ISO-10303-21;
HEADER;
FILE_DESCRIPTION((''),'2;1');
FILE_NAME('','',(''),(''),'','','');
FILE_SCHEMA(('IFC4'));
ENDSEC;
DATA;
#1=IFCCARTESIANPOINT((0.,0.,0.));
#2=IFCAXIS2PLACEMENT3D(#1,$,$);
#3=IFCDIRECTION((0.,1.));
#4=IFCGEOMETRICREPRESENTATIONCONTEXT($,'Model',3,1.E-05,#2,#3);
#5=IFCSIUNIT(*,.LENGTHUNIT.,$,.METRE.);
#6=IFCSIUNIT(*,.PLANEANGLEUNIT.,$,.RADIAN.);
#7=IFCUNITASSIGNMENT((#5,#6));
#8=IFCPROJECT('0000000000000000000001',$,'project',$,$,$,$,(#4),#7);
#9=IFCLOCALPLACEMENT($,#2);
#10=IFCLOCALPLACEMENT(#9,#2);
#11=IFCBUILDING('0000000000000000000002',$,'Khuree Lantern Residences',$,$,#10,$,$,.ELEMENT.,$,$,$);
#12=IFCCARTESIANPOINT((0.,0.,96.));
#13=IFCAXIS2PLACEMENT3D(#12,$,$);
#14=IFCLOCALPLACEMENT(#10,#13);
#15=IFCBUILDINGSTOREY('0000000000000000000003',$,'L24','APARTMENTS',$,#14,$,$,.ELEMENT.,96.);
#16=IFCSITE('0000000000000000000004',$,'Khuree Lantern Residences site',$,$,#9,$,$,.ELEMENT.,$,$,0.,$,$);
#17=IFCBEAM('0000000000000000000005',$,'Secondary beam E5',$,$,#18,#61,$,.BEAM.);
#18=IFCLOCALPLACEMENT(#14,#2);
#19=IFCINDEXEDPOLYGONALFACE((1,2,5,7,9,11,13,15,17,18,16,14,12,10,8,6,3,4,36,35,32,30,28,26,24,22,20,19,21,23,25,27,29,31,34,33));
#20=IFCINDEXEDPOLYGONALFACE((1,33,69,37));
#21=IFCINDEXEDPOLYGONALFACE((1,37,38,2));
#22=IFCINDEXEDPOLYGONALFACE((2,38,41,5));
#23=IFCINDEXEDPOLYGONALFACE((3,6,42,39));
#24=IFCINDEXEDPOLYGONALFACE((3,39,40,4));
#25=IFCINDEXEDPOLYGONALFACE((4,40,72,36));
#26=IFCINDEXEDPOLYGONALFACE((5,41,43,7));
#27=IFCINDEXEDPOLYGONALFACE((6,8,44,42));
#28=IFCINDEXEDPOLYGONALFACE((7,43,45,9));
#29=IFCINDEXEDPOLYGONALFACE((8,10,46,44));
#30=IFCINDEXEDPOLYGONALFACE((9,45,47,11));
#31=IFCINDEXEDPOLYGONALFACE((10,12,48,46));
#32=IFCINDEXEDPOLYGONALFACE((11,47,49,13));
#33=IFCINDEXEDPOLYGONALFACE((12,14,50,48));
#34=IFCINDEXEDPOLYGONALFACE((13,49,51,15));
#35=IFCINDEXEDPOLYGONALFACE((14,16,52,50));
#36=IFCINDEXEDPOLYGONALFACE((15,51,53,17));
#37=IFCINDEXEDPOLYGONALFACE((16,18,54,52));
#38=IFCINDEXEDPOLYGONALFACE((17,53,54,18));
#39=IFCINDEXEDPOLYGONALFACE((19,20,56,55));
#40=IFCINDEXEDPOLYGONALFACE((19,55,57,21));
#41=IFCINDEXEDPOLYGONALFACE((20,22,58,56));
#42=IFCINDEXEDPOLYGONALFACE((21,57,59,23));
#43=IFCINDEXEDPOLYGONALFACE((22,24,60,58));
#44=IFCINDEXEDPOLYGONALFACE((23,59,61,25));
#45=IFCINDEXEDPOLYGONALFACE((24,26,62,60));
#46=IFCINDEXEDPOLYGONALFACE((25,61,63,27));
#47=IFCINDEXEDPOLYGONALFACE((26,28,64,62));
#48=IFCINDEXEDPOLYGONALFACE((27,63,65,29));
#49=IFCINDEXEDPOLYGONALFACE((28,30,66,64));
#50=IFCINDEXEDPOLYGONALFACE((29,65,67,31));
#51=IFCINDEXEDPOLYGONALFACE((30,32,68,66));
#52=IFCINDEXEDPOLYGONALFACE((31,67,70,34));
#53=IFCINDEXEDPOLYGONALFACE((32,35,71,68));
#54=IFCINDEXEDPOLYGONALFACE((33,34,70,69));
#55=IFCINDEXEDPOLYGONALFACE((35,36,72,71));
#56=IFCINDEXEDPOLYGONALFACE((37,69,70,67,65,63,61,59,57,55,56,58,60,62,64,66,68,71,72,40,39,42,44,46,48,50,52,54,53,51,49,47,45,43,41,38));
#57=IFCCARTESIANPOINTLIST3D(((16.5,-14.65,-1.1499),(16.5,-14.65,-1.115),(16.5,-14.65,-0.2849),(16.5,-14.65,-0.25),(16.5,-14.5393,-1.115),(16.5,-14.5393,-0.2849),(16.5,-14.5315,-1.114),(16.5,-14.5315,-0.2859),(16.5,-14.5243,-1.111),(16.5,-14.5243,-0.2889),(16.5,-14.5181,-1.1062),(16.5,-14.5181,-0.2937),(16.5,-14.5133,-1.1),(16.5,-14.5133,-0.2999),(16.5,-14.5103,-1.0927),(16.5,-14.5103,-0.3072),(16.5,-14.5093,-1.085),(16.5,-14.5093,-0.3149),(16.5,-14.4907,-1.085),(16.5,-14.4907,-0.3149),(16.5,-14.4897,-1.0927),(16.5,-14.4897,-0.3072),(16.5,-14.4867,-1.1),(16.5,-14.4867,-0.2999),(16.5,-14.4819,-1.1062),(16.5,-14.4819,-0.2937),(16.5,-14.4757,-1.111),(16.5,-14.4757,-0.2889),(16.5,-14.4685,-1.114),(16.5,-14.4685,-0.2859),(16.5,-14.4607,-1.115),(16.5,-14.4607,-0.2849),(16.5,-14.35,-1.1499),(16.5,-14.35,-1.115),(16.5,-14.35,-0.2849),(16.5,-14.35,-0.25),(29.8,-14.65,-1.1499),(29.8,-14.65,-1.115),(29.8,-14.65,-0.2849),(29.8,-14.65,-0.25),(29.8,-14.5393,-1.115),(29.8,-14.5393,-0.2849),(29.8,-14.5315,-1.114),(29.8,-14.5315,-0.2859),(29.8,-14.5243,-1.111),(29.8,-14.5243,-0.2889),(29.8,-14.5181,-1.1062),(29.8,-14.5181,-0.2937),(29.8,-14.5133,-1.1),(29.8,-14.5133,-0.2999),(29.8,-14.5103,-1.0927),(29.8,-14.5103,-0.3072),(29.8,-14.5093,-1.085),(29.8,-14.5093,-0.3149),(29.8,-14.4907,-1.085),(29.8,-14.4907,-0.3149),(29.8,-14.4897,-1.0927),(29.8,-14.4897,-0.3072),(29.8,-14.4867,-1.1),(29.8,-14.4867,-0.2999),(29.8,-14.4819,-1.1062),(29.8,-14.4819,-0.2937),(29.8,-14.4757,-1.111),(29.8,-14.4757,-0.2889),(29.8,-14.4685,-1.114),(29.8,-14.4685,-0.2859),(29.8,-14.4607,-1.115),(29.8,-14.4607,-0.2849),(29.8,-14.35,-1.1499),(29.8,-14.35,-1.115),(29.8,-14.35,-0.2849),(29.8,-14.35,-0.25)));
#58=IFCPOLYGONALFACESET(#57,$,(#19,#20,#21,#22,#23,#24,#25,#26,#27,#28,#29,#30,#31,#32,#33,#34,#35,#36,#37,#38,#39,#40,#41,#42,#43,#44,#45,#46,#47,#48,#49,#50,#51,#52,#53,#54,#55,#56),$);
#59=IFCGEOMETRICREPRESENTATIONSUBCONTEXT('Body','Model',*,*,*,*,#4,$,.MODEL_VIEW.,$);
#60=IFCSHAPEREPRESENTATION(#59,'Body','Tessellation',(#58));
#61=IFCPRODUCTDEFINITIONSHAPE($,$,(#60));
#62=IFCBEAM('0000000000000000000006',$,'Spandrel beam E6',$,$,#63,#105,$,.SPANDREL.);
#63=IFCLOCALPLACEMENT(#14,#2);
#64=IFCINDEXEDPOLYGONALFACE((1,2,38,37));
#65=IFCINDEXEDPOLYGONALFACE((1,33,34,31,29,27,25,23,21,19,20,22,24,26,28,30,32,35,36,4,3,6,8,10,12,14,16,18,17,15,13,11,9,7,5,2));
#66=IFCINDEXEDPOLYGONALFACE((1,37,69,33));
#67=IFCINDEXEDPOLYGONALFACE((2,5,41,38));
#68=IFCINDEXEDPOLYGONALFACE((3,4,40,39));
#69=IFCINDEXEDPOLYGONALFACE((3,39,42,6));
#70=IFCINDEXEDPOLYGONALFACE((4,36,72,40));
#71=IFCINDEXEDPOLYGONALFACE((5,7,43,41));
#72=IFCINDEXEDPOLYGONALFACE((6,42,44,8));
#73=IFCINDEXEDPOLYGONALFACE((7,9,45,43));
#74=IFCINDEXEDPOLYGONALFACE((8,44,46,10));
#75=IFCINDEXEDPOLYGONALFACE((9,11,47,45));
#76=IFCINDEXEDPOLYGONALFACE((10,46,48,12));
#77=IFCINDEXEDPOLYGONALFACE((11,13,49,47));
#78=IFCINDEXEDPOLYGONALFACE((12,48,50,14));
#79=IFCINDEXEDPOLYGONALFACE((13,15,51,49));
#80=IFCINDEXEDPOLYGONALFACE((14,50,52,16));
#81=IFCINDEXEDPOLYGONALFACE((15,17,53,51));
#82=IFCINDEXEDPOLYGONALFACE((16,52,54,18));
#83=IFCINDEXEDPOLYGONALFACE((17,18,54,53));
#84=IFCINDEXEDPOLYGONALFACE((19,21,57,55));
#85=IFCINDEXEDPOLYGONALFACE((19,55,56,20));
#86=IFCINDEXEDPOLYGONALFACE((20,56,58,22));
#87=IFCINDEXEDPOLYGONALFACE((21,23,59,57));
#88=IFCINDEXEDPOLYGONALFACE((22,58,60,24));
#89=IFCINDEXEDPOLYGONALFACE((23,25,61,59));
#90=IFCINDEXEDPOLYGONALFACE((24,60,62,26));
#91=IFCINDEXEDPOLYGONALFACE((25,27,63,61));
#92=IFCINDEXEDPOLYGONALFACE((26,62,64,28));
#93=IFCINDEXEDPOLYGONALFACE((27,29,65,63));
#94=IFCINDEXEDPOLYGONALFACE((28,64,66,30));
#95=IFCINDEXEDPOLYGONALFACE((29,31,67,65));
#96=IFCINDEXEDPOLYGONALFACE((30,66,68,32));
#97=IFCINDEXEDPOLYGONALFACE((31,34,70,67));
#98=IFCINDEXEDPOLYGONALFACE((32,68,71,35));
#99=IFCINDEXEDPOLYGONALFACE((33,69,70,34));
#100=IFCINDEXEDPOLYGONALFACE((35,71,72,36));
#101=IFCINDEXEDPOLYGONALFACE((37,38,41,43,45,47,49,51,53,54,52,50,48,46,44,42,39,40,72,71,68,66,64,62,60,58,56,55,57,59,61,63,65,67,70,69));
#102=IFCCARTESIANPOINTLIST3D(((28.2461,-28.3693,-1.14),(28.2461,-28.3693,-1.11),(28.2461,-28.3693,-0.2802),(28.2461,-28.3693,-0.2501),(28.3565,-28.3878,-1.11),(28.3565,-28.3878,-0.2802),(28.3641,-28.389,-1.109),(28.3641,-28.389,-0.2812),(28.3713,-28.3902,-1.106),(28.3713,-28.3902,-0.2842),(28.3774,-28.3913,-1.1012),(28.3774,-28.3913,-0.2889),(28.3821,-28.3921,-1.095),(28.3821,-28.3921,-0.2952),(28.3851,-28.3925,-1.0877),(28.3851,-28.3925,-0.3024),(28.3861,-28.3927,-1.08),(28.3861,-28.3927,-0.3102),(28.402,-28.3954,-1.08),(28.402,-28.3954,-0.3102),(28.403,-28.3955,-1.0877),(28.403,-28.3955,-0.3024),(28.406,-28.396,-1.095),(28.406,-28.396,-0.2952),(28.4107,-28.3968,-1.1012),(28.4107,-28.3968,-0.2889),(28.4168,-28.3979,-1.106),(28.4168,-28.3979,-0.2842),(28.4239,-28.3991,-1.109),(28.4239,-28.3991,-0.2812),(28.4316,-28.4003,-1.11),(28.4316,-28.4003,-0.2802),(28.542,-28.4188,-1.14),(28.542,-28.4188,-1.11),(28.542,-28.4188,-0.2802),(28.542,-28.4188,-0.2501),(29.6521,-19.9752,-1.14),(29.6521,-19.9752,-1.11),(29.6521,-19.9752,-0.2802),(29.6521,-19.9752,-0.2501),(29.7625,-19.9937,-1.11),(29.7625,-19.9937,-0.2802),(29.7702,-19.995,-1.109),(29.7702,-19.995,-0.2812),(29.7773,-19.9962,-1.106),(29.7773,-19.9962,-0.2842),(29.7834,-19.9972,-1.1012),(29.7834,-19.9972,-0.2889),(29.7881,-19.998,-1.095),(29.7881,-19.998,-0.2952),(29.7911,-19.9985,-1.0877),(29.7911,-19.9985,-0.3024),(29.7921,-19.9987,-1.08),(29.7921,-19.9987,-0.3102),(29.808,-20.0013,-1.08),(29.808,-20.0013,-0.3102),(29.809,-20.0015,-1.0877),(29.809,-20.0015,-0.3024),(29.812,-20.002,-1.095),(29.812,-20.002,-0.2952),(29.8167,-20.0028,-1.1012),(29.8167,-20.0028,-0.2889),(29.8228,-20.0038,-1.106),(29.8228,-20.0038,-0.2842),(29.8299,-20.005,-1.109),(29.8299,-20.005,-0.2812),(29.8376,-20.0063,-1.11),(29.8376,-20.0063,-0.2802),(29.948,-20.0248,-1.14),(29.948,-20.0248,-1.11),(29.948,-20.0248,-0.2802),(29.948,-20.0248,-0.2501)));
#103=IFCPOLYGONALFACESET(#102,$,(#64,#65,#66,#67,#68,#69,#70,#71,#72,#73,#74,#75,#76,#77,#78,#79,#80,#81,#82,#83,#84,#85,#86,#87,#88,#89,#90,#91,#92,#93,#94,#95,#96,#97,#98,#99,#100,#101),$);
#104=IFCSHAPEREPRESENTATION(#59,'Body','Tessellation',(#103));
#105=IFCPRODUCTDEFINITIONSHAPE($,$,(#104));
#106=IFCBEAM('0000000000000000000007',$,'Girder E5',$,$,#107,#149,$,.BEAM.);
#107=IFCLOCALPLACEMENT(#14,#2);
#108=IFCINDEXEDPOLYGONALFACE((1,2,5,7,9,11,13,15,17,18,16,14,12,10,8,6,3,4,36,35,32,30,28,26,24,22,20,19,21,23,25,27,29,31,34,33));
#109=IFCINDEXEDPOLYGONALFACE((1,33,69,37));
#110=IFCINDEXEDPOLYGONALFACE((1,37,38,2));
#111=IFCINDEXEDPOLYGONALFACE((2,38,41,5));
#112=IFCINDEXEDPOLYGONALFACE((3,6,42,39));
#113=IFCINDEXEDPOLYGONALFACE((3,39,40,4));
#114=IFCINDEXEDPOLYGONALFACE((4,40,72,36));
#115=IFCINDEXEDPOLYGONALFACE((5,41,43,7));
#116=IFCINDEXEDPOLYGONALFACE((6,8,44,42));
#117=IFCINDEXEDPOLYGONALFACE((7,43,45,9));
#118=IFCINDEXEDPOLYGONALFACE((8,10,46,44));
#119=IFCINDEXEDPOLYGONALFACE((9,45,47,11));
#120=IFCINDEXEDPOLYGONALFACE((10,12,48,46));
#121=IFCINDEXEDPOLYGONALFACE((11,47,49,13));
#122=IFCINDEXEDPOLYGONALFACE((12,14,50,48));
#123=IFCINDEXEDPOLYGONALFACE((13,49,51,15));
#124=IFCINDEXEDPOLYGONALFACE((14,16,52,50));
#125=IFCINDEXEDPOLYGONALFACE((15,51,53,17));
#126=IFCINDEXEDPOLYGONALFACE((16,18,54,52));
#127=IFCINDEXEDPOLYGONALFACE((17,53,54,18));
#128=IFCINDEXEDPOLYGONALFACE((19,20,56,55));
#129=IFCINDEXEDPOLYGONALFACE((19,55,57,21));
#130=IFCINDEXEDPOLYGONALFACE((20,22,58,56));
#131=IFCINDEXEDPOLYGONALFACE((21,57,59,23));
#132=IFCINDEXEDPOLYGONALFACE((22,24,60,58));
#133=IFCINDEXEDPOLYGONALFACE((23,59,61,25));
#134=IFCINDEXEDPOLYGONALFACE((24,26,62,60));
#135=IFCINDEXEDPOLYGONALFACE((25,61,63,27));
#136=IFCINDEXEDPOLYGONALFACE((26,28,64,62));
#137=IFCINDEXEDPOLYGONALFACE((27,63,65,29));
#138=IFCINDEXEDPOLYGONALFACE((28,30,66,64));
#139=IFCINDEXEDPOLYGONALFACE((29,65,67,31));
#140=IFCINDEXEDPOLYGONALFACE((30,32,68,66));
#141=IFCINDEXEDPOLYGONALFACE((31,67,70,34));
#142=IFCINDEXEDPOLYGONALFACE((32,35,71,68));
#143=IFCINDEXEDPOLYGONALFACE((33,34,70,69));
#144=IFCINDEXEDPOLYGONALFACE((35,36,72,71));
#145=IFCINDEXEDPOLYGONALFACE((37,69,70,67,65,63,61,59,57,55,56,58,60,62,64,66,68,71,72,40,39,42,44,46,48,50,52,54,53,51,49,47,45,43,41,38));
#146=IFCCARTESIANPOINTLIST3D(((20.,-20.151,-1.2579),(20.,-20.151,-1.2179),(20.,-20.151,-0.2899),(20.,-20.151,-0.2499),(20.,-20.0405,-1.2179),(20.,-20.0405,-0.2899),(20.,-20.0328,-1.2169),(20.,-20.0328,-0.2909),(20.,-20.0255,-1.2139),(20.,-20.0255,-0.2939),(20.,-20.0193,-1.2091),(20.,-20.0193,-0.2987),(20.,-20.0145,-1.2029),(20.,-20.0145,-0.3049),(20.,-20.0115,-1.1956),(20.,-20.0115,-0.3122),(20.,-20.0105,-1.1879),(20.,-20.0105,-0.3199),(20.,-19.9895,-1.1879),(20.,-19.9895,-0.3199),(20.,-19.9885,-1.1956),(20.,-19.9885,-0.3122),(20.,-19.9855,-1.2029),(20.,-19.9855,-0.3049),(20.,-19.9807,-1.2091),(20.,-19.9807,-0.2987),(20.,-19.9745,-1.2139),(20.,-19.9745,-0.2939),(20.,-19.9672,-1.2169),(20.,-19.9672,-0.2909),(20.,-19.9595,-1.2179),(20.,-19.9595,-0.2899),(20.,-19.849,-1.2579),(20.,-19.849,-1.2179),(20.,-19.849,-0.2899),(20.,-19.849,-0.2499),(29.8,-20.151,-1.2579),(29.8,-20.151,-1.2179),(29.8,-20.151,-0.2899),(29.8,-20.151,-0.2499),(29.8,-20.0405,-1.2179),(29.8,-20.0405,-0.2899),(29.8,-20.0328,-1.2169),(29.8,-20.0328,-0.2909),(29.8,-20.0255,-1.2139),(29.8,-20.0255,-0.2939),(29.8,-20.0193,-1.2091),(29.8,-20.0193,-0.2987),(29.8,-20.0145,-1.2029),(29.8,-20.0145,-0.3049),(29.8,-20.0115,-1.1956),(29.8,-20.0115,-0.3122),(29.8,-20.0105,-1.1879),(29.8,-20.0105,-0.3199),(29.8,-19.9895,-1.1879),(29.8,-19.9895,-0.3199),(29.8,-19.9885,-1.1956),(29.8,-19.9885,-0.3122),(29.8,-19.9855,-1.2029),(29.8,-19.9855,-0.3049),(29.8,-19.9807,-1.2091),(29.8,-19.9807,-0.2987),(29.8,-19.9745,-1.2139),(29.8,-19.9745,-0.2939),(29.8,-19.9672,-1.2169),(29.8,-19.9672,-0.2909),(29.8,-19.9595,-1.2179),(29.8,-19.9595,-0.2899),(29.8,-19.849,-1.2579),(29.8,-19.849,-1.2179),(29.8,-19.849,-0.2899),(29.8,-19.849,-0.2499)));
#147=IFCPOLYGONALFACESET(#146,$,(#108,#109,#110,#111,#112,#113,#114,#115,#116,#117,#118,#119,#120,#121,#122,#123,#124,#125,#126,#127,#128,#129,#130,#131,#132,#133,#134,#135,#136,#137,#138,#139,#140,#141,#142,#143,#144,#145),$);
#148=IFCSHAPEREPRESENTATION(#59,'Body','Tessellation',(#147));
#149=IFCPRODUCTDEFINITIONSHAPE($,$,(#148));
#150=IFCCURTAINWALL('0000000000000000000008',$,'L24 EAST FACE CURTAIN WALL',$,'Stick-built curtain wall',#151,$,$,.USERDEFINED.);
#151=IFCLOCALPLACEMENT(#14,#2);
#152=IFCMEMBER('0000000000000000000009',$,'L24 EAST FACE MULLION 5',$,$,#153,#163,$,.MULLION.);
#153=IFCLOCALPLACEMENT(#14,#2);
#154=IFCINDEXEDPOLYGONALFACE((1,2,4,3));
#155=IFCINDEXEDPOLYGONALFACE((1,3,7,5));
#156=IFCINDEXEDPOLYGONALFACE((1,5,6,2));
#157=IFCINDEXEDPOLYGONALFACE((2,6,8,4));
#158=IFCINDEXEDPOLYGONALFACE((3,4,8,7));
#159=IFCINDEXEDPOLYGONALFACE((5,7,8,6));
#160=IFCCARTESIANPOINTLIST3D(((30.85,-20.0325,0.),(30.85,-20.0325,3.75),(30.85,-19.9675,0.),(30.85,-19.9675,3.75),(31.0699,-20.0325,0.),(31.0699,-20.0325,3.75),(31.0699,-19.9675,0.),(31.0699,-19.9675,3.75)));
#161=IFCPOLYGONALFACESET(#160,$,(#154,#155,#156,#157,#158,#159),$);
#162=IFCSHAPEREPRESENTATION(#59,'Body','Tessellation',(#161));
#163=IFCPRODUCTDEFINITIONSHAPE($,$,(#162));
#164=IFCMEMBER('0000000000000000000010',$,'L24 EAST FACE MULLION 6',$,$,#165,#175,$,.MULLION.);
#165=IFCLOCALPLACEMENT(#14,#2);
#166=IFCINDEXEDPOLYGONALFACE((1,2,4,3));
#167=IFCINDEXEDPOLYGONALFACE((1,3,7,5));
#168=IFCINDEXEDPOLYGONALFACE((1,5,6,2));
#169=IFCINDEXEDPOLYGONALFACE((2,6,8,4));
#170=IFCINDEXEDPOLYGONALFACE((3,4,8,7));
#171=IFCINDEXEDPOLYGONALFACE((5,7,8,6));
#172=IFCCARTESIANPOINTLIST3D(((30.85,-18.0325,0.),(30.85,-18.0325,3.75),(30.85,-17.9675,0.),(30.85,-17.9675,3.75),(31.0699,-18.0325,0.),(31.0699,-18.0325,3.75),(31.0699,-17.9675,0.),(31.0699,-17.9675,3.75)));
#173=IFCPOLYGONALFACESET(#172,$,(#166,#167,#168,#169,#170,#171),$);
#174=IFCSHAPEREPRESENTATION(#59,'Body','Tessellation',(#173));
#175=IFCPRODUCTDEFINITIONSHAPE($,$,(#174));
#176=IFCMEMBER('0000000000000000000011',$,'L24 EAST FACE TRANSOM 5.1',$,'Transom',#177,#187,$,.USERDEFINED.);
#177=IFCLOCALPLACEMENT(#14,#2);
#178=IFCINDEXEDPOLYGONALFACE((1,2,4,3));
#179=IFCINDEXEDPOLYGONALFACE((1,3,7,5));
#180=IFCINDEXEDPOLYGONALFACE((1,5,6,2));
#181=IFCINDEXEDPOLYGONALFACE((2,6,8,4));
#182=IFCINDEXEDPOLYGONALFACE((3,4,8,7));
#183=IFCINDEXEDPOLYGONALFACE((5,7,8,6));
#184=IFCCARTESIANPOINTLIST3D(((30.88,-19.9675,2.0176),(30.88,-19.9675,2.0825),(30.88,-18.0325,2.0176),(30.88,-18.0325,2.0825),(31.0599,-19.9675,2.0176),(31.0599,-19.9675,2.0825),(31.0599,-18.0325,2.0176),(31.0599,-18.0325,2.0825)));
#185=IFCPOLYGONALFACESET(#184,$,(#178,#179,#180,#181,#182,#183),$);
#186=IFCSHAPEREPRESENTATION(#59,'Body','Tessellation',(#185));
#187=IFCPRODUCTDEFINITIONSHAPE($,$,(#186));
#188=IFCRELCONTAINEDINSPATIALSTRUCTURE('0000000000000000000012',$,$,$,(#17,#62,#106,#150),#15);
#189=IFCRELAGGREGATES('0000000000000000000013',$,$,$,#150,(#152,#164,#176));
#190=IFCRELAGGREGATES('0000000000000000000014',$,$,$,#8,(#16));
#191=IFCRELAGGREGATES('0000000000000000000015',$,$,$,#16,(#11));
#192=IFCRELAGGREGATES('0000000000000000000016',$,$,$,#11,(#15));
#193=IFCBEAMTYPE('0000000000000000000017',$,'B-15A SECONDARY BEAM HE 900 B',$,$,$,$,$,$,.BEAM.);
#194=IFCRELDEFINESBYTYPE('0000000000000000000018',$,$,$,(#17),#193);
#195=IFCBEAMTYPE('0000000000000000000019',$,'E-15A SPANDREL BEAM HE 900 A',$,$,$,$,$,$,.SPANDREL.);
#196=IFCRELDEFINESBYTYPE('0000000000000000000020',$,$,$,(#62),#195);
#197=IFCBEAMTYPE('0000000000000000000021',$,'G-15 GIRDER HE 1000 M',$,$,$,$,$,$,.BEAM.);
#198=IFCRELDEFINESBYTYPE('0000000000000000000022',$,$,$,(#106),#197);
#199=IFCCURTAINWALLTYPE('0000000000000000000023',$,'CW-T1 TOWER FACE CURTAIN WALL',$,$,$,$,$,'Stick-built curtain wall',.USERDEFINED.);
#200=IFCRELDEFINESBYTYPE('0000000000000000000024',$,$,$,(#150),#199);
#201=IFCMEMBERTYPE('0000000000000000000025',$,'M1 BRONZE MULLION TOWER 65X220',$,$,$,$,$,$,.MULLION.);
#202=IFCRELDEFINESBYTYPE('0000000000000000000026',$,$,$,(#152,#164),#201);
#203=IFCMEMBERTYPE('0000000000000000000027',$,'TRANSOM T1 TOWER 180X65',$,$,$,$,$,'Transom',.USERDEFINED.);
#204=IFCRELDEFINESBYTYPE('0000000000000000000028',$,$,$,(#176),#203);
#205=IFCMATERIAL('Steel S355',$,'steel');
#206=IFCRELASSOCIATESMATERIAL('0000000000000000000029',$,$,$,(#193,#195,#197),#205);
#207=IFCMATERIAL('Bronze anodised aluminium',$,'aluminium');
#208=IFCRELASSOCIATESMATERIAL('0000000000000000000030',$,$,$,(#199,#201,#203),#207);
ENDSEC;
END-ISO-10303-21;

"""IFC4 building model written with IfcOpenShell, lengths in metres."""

from ifc_helpers import new_model, si_unit, direction, frame, origin, origin_2d, place, context, subcontext, project, spatial, rectangle, i_section, extrude, material, material_profile, profile_set, type_object, element, aggregate, save


model = new_model("IFC4")

# Units and contexts
model_context = context("Model", 3, precision=1e-05, world=origin(), true_north=direction((0.0, 1.0)))
body_context = subcontext(model_context, "Body", "Model", "MODEL_VIEW")
ifc_project = project(units=[si_unit("LENGTHUNIT", "METRE"), si_unit("PLANEANGLEUNIT", "RADIAN")], contexts=[model_context])

# Site, building, storey
site_placement = place(None, origin())
site = spatial("IfcSite", under=ifc_project, at=site_placement, Name="Khuree Lantern Residences site", CompositionType="ELEMENT", RefElevation=0.0)
building_placement = place(site_placement, origin())
building = spatial("IfcBuilding", under=site, at=building_placement, Name="Khuree Lantern Residences", CompositionType="ELEMENT")
storey_placement = place(building_placement, frame((0.0, 0.0, 96.0)))
storey = spatial("IfcBuildingStorey", under=building, at=storey_placement, Name="L24", Description="APARTMENTS", CompositionType="ELEMENT", Elevation=96.0)

# Beams
ifc_material_1 = material(Name="Steel S355", Category="steel")
ifc_material_profile_1 = material_profile(ifc_material_1, i_section(OverallWidth=0.3, OverallDepth=0.8999, WebThickness=0.0186, FlangeThickness=0.0349, FilletRadius=0.03, at=origin_2d()), Name="HE 900 B")
ifc_profile_set_1 = profile_set([ifc_material_profile_1], Name="Steel S355")
beam_type_1 = type_object("IfcBeamType", Name="B-15A SECONDARY BEAM HE 900 B", PredefinedType="BEAM", material=ifc_profile_set_1)
beam_1_placement = place(storey_placement, frame((29.8, -14.5, -0.7), z_axis=(-1.0, 0.0, 0.0), x_axis=(0.0, -1.0, 0.0)))
element("IfcBeam", 1, at=beam_1_placement, inside=storey, type_object=beam_type_1, Name="Secondary beam E5", PredefinedType="BEAM", context=body_context, shape_type="SweptSolid", body=[
    extrude(i_section(OverallWidth=0.3, OverallDepth=0.8999, WebThickness=0.0186, FlangeThickness=0.0349, FilletRadius=0.03, at=origin_2d()), origin(), (0.0, 0.0, 1.0), 13.3),
])
ifc_material_profile_2 = material_profile(ifc_material_1, i_section(OverallWidth=0.3, OverallDepth=0.8899, WebThickness=0.0161, FlangeThickness=0.03, FilletRadius=0.03, at=origin_2d()), Name="HE 900 A")
ifc_profile_set_2 = profile_set([ifc_material_profile_2], Name="Steel S355")
beam_type_2 = type_object("IfcBeamType", Name="E-15A SPANDREL BEAM HE 900 A", PredefinedType="SPANDREL", material=ifc_profile_set_2)
beam_2_placement = place(storey_placement, frame((29.8, -20.0, -0.6951), z_axis=(-0.165199, -0.98626, 0.0), x_axis=(0.98626, -0.165199, 0.0)))
element("IfcBeam", 2, at=beam_2_placement, inside=storey, type_object=beam_type_2, Name="Spandrel beam E6", PredefinedType="SPANDREL", context=body_context, shape_type="SweptSolid", body=[
    extrude(i_section(OverallWidth=0.3, OverallDepth=0.8899, WebThickness=0.0161, FlangeThickness=0.03, FilletRadius=0.03, at=origin_2d()), origin(), (0.0, 0.0, 1.0), 8.511),
])
ifc_material_profile_3 = material_profile(ifc_material_1, i_section(OverallWidth=0.302, OverallDepth=1.0081, WebThickness=0.021, FlangeThickness=0.04, FilletRadius=0.03, at=origin_2d()), Name="HE 1000 M")
ifc_profile_set_3 = profile_set([ifc_material_profile_3], Name="Steel S355")
beam_type_3 = type_object("IfcBeamType", Name="G-15 GIRDER HE 1000 M", PredefinedType="BEAM", material=ifc_profile_set_3)
beam_3_placement = place(storey_placement, frame((29.8, -20.0, -0.7539), z_axis=(-1.0, 0.0, 0.0), x_axis=(0.0, -1.0, 0.0)))
element("IfcBeam", 3, at=beam_3_placement, inside=storey, type_object=beam_type_3, Name="Girder E5", PredefinedType="BEAM", context=body_context, shape_type="SweptSolid", body=[
    extrude(i_section(OverallWidth=0.302, OverallDepth=1.0081, WebThickness=0.021, FlangeThickness=0.04, FilletRadius=0.03, at=origin_2d()), origin(), (0.0, 0.0, 1.0), 9.8),
])

# Curtain wall, members
ifc_material_2 = material(Name="Bronze anodised aluminium", Category="aluminium")
curtain_wall_type = type_object("IfcCurtainWallType", Name="CW-T1 TOWER FACE CURTAIN WALL", ElementType="Stick-built curtain wall", PredefinedType="USERDEFINED", material=ifc_material_2)
curtain_wall_placement = place(storey_placement, origin())
curtain_wall = element("IfcCurtainWall", 4, at=curtain_wall_placement, inside=storey, type_object=curtain_wall_type, Name="L24 EAST FACE CURTAIN WALL", ObjectType="Stick-built curtain wall", PredefinedType="USERDEFINED")
ifc_material_profile_4 = material_profile(ifc_material_2, rectangle(XDim=0.0649, YDim=0.22, at=origin_2d()), Name="M1 65X220")
ifc_profile_set_4 = profile_set([ifc_material_profile_4], Name="Bronze anodised aluminium")
member_type_1 = type_object("IfcMemberType", Name="M1 BRONZE MULLION TOWER 65X220", PredefinedType="MULLION", material=ifc_profile_set_4)
member_1_placement = place(storey_placement, frame((30.96, -20.0, 0.0), z_axis=(0.0, 0.0, 1.0), x_axis=(0.0, 1.0, 0.0)))
member_1 = element("IfcMember", 5, at=member_1_placement, type_object=member_type_1, Name="L24 EAST FACE MULLION 5", PredefinedType="MULLION", context=body_context, shape_type="SweptSolid", body=[
    extrude(rectangle(XDim=0.0649, YDim=0.22, at=origin_2d()), origin(), (0.0, 0.0, 1.0), 3.75),
])
member_2_placement = place(storey_placement, frame((30.96, -18.0, 0.0), z_axis=(0.0, 0.0, 1.0), x_axis=(0.0, 1.0, 0.0)))
member_2 = element("IfcMember", 6, at=member_2_placement, type_object=member_type_1, Name="L24 EAST FACE MULLION 6", PredefinedType="MULLION", context=body_context, shape_type="SweptSolid", body=[
    extrude(rectangle(XDim=0.0649, YDim=0.22, at=origin_2d()), origin(), (0.0, 0.0, 1.0), 3.75),
])
ifc_material_profile_5 = material_profile(ifc_material_2, rectangle(XDim=0.1799, YDim=0.0649, at=origin_2d()), Name="T1 180X65")
ifc_profile_set_5 = profile_set([ifc_material_profile_5], Name="Bronze anodised aluminium")
member_type_2 = type_object("IfcMemberType", Name="TRANSOM T1 TOWER 180X65", ElementType="Transom", PredefinedType="USERDEFINED", material=ifc_profile_set_5)
member_3_placement = place(storey_placement, frame((30.97, -19.9675, 2.05), z_axis=(0.0, 1.0, 0.0), x_axis=(-1.0, 0.0, 0.0)))
member_3 = element("IfcMember", 7, at=member_3_placement, type_object=member_type_2, Name="L24 EAST FACE TRANSOM 5.1", ObjectType="Transom", PredefinedType="USERDEFINED", context=body_context, shape_type="SweptSolid", body=[
    extrude(rectangle(XDim=0.1799, YDim=0.0649, at=origin_2d()), origin(), (0.0, 0.0, 1.0), 1.9351),
])
aggregate(curtain_wall, [member_1, member_2, member_3])

save(model, "model.ifc")
